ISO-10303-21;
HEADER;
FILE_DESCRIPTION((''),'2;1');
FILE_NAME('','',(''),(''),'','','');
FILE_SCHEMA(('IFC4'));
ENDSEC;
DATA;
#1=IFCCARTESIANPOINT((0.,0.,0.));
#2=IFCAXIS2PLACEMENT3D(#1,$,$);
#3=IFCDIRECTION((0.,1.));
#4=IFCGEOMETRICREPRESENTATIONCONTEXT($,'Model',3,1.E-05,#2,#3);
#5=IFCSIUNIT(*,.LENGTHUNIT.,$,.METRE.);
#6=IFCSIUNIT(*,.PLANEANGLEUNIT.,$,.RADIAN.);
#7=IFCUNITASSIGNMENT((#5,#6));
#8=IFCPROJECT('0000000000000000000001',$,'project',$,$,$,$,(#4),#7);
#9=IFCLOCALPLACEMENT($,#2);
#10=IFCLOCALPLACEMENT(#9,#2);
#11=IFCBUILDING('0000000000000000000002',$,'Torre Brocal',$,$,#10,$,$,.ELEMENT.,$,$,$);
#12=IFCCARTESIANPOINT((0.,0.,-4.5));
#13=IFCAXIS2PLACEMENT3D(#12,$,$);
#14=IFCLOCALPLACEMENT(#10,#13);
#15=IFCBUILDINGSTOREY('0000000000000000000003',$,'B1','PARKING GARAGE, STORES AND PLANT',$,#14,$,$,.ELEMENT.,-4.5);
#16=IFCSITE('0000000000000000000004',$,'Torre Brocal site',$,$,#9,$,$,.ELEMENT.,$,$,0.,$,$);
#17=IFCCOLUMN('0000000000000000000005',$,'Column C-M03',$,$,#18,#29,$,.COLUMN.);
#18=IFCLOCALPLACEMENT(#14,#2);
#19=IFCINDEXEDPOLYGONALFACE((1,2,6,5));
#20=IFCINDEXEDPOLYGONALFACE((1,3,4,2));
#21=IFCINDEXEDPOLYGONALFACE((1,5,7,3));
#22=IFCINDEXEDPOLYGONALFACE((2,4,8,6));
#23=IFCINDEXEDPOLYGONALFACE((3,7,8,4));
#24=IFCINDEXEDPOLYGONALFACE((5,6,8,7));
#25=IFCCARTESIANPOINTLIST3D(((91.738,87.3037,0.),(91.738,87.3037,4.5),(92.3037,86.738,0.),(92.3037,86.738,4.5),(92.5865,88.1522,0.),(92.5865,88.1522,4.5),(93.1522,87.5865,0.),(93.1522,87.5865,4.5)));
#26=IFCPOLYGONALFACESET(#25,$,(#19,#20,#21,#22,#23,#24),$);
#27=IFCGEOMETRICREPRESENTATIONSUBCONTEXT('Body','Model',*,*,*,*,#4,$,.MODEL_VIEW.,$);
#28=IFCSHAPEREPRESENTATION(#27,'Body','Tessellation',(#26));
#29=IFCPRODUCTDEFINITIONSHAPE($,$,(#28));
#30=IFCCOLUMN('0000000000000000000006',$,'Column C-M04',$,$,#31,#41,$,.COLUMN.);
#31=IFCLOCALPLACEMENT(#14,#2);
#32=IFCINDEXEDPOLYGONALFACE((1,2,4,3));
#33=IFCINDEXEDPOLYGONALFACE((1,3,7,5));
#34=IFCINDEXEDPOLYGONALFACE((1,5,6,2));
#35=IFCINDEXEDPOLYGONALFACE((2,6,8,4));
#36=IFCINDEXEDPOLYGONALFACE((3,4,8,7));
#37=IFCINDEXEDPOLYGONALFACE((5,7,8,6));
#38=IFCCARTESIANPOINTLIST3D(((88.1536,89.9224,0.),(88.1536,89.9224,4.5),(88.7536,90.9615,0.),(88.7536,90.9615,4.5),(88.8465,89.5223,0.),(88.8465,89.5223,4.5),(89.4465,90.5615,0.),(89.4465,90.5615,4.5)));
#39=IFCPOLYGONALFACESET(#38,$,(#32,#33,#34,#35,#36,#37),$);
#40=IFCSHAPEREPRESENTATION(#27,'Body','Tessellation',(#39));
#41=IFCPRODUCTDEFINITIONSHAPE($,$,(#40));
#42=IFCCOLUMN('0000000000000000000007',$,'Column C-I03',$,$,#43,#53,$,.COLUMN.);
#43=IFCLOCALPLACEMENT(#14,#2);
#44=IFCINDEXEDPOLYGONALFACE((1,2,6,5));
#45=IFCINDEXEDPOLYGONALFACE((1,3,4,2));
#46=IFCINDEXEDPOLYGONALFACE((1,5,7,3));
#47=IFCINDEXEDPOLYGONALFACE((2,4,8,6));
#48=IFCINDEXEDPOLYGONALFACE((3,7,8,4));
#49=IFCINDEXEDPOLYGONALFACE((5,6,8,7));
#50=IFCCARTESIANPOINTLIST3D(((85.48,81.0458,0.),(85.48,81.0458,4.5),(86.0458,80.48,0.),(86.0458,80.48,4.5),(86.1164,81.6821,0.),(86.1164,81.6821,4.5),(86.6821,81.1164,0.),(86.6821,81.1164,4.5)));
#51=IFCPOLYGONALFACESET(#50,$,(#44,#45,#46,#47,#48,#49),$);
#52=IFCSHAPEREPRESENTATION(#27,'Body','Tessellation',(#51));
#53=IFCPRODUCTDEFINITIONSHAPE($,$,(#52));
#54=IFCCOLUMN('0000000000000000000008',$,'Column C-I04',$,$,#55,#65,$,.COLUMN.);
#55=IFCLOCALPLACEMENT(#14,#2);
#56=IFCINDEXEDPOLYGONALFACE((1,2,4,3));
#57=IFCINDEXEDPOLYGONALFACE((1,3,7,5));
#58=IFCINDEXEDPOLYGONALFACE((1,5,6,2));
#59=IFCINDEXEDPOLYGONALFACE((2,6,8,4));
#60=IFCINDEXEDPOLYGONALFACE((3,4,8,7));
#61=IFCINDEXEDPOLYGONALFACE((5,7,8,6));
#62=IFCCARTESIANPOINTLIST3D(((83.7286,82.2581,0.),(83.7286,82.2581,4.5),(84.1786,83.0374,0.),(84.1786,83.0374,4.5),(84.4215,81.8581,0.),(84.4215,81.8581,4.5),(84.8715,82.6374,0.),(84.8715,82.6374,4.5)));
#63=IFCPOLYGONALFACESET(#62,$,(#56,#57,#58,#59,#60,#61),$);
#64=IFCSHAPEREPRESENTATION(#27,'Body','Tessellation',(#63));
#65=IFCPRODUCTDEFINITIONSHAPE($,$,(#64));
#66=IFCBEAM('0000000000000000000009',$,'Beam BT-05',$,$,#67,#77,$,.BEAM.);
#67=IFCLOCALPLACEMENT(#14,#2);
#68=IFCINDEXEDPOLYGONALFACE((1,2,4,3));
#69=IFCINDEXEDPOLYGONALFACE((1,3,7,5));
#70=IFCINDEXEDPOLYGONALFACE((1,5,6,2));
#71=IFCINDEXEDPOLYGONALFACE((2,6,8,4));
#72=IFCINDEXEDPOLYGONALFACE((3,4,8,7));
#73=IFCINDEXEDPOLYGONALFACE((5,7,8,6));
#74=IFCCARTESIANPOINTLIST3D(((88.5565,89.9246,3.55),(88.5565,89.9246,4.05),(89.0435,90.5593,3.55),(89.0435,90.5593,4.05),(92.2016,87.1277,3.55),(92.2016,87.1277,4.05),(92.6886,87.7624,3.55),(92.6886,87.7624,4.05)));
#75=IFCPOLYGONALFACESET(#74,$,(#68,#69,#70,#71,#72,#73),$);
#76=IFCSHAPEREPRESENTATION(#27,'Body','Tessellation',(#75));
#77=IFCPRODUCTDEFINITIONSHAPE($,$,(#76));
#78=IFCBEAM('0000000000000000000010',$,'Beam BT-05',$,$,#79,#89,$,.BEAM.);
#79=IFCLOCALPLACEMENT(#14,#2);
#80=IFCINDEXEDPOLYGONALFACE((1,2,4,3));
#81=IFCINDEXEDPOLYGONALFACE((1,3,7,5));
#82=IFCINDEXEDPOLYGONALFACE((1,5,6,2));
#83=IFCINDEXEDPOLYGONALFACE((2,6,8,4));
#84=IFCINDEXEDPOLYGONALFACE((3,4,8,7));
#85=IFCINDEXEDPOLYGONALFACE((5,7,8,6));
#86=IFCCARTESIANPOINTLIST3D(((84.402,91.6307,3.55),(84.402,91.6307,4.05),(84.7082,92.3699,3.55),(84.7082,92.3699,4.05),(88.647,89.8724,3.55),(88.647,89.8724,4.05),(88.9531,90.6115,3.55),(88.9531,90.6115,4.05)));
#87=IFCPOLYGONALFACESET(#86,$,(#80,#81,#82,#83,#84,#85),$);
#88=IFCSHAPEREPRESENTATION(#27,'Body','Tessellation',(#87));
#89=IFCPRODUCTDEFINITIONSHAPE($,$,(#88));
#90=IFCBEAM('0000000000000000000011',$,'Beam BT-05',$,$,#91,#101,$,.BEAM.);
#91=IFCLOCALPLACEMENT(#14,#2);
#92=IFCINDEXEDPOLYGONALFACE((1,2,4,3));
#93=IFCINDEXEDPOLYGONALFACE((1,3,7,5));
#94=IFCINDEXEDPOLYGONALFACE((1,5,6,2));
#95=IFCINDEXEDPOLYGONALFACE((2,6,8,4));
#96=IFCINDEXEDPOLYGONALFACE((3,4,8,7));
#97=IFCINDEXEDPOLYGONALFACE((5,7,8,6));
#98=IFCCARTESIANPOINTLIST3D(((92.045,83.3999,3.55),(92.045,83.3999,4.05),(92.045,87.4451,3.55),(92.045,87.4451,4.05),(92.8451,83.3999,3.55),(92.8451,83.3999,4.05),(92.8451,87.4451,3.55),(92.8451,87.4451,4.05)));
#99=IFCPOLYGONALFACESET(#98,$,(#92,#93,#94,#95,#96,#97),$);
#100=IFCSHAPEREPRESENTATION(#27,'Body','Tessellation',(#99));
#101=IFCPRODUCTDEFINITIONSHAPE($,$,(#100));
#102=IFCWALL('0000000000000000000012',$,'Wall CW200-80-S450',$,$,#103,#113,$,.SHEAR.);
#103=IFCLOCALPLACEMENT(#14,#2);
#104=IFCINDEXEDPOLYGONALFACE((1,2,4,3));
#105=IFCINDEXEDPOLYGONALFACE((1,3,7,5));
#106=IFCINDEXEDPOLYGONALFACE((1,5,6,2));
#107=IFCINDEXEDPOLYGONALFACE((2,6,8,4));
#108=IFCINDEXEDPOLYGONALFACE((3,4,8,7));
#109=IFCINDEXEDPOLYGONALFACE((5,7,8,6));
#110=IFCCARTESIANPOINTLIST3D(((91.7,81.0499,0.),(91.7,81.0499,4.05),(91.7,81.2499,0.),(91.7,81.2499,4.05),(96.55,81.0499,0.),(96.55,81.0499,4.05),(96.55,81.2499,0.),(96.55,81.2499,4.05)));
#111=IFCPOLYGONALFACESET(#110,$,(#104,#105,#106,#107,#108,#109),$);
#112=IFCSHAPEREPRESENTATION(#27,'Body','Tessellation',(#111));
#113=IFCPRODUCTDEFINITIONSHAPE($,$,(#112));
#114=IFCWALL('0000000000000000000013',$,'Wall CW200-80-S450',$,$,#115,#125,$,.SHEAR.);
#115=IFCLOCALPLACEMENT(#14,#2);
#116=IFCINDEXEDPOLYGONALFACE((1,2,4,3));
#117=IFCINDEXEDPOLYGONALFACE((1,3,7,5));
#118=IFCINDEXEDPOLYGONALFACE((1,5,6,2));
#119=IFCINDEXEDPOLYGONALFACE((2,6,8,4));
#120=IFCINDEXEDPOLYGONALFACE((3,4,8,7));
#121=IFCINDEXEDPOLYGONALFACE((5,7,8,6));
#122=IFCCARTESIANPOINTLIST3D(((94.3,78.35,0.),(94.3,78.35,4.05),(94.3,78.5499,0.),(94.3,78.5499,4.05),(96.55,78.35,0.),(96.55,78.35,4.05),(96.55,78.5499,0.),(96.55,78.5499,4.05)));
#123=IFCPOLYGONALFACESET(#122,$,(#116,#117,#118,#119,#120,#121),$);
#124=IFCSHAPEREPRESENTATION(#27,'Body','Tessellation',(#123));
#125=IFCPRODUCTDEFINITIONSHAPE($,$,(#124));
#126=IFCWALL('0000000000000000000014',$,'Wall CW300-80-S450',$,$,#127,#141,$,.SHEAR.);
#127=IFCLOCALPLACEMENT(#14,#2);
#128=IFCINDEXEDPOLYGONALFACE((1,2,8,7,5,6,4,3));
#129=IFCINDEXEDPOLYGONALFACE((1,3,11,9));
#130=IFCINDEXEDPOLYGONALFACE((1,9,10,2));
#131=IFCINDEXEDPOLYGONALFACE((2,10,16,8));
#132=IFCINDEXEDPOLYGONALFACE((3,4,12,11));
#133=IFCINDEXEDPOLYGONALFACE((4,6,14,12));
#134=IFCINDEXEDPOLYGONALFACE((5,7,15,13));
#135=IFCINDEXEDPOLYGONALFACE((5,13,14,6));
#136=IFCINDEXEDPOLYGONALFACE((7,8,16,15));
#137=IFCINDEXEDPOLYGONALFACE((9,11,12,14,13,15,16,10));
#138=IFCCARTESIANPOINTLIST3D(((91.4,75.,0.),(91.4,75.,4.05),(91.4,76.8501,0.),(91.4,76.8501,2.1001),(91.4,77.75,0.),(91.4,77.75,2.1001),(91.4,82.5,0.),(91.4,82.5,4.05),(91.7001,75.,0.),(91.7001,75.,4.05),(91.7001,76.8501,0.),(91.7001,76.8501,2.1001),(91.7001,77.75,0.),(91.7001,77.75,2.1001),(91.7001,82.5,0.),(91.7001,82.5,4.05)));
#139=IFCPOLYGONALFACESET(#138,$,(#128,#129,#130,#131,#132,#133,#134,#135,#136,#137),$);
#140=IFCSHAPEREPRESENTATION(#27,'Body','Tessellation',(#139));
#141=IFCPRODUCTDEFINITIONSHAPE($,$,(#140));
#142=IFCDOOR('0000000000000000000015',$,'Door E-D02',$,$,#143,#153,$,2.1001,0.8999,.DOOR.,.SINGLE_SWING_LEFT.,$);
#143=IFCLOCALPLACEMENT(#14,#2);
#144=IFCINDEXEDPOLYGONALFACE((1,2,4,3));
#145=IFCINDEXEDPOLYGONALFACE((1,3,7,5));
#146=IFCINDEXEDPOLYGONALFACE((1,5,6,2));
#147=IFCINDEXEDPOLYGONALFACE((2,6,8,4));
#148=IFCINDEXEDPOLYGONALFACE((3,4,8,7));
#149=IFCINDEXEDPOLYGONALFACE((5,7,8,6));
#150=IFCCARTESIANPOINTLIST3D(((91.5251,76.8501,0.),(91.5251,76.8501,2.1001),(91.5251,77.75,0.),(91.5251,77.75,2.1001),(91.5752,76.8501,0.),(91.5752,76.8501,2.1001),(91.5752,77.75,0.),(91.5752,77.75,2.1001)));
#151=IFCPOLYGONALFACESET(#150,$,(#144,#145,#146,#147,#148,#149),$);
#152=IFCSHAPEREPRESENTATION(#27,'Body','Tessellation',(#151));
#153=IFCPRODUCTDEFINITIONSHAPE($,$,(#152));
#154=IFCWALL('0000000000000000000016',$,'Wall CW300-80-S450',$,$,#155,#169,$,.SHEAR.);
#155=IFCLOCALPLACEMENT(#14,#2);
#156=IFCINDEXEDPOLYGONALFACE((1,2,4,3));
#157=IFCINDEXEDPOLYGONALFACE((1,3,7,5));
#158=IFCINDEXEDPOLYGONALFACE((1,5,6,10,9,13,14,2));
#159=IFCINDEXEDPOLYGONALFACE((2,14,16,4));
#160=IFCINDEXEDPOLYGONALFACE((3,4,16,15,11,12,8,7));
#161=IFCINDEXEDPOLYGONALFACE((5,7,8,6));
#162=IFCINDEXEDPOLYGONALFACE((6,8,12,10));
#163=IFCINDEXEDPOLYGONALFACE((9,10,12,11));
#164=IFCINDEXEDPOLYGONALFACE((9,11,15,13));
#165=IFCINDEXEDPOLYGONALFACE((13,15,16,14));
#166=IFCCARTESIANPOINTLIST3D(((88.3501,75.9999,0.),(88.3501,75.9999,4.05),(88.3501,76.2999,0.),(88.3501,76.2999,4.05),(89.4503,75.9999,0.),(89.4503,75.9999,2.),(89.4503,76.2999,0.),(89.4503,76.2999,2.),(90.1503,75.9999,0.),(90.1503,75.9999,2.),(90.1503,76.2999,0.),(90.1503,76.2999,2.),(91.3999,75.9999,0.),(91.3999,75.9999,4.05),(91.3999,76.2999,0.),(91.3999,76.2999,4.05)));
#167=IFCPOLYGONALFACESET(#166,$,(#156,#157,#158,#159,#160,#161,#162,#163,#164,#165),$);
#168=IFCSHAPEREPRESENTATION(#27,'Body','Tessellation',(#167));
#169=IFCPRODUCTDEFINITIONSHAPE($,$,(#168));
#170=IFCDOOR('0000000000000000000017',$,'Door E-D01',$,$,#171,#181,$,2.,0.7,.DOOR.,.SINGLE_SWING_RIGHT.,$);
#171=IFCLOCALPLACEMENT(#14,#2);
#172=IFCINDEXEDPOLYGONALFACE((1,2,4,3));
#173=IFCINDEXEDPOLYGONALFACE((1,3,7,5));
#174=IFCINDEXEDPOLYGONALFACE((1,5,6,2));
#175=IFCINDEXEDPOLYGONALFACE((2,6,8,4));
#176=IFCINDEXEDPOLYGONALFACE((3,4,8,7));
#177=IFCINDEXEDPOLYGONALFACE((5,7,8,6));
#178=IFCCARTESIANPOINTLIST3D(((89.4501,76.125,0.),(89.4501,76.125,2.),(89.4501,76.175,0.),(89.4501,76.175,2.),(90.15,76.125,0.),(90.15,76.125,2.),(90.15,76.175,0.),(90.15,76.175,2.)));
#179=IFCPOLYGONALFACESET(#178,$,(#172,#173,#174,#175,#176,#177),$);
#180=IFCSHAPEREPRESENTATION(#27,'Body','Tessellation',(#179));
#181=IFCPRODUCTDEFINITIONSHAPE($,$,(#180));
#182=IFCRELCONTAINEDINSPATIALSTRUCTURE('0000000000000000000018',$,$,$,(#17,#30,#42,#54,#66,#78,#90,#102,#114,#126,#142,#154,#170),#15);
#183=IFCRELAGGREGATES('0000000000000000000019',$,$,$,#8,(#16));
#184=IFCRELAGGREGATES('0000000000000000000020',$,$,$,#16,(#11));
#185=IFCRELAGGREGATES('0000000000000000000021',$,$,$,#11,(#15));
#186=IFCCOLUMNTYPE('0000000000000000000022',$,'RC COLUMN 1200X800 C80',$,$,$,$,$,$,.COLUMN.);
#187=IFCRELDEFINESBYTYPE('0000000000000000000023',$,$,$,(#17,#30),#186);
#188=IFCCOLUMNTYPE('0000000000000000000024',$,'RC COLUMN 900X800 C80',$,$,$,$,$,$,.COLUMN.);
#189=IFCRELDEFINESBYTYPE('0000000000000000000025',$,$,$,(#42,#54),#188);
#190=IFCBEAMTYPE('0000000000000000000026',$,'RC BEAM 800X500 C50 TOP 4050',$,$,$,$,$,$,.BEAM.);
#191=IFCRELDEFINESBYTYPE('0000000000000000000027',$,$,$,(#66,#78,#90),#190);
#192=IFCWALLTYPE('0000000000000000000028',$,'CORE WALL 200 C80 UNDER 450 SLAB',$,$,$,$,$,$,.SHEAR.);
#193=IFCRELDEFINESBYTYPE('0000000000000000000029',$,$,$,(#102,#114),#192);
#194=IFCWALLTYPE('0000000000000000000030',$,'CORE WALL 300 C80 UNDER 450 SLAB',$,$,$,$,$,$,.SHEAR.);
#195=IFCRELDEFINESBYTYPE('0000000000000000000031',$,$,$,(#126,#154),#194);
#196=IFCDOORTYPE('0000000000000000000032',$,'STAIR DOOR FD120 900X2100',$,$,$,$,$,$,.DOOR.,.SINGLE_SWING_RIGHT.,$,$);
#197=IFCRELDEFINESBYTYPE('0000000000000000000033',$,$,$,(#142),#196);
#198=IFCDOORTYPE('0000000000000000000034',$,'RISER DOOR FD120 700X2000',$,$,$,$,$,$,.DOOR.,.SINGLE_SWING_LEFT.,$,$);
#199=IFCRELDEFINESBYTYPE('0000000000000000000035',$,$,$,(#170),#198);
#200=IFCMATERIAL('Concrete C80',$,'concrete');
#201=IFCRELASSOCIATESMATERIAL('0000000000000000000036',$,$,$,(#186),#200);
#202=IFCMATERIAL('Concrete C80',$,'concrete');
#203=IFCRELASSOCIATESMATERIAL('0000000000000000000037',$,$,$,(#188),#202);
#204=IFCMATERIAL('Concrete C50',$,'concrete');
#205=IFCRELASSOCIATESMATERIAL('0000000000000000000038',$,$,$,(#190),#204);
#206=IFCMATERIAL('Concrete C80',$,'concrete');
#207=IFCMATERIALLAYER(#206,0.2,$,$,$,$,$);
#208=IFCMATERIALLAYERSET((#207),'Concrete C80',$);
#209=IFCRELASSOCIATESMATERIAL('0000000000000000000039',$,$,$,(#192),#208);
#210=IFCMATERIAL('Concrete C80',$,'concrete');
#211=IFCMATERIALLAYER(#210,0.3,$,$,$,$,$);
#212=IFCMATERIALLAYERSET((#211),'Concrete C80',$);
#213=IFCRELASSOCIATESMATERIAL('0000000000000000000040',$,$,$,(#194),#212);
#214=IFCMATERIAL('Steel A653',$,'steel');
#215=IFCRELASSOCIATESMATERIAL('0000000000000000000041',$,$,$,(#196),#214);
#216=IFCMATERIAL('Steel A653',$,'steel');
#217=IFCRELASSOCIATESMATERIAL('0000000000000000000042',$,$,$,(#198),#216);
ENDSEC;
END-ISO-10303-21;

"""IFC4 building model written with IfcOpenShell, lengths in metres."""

from ifc_helpers import new_model, si_unit, direction, frame, frame_2d, origin, origin_2d, place, context, subcontext, project, spatial, rectangle, extrude, material, layer, layer_set, material_profile, profile_set, type_object, element, fill, save


model = new_model("IFC4")

# Units and contexts
model_context = context("Model", 3, precision=1e-05, world=origin(), true_north=direction((0.0, 1.0)))
body_context = subcontext(model_context, "Body", "Model", "MODEL_VIEW")
ifc_project = project(units=[si_unit("LENGTHUNIT", "METRE"), si_unit("PLANEANGLEUNIT", "RADIAN")], contexts=[model_context])

# Site, building, storey
site_placement = place(None, origin())
site = spatial("IfcSite", under=ifc_project, at=site_placement, Name="Torre Brocal site", CompositionType="ELEMENT", RefElevation=0.0)
building_placement = place(site_placement, origin())
building = spatial("IfcBuilding", under=site, at=building_placement, Name="Torre Brocal", CompositionType="ELEMENT")
storey_placement = place(building_placement, frame((0.0, 0.0, -4.5)))
storey = spatial("IfcBuildingStorey", under=building, at=storey_placement, Name="B1", Description="PARKING GARAGE, STORES AND PLANT", CompositionType="ELEMENT", Elevation=-4.5)

# Columns
ifc_material_1 = material(Name="Concrete C80", Category="concrete")
ifc_material_profile_1 = material_profile(ifc_material_1, rectangle(XDim=1.2, YDim=0.8, at=origin_2d()), Name="RC 1200X800")
ifc_profile_set_1 = profile_set([ifc_material_profile_1], Name="Concrete C80")
column_type_1 = type_object("IfcColumnType", Name="RC COLUMN 1200X800 C80", PredefinedType="COLUMN", material=ifc_profile_set_1)
for number, where, z_axis, x_axis, name in (
    (1, (92.4451, 87.4451, 0.0), (0.0, 0.0, 1.0), (0.707107, 0.707107, 0.0), "Column C-M03"),
    (2, (88.8, 90.2419, 0.0), (0.0, 0.0, 1.0), (0.5, 0.866025, 0.0), "Column C-M04"),
):
    element("IfcColumn", number, at=place(storey_placement, frame(where, z_axis=z_axis, x_axis=x_axis)), inside=storey, type_object=column_type_1, Name=name, PredefinedType="COLUMN", context=body_context, shape_type="SweptSolid", body=[
        extrude(rectangle(XDim=1.2, YDim=0.8, at=origin_2d()), origin(), (0.0, 0.0, 1.0), 4.5),
    ])
ifc_material_2 = material(Name="Concrete C80", Category="concrete")
ifc_material_profile_2 = material_profile(ifc_material_2, rectangle(XDim=0.8999, YDim=0.8, at=origin_2d()), Name="RC 900X800")
ifc_profile_set_2 = profile_set([ifc_material_profile_2], Name="Concrete C80")
column_type_2 = type_object("IfcColumnType", Name="RC COLUMN 900X800 C80", PredefinedType="COLUMN", material=ifc_profile_set_2)
for number, where, z_axis, x_axis, name in (
    (3, (86.0811, 81.0811, 0.0), (0.0, 0.0, 1.0), (0.707107, 0.707107, 0.0), "Column C-I03"),
    (4, (84.3, 82.4478, 0.0), (0.0, 0.0, 1.0), (0.5, 0.866025, 0.0), "Column C-I04"),
):
    element("IfcColumn", number, at=place(storey_placement, frame(where, z_axis=z_axis, x_axis=x_axis)), inside=storey, type_object=column_type_2, Name=name, PredefinedType="COLUMN", context=body_context, shape_type="SweptSolid", body=[
        extrude(rectangle(XDim=0.8999, YDim=0.8, at=origin_2d()), origin(), (0.0, 0.0, 1.0), 4.5),
    ])

# Beams
ifc_material_3 = material(Name="Concrete C50", Category="concrete")
ifc_material_profile_3 = material_profile(ifc_material_3, rectangle(XDim=0.8, YDim=0.5, at=origin_2d()), Name="RC 800X500")
ifc_profile_set_3 = profile_set([ifc_material_profile_3], Name="Concrete C50")
beam_type = type_object("IfcBeamType", Name="RC BEAM 800X500 C50 TOP 4050", PredefinedType="BEAM", material=ifc_profile_set_3)
beam_1_placement = place(storey_placement, frame((92.4451, 87.4451, 3.8), z_axis=(-0.793358, 0.608755, 0.0), x_axis=(-0.608755, -0.793358, 0.0)))
element("IfcBeam", 5, at=beam_1_placement, inside=storey, type_object=beam_type, Name="Beam BT-05", PredefinedType="BEAM", context=body_context, shape_type="SweptSolid", body=[
    extrude(rectangle(XDim=0.8, YDim=0.5, at=origin_2d()), origin(), (0.0, 0.0, 1.0), 4.5945),
])
beam_2_placement = place(storey_placement, frame((88.8, 90.2419, 3.8), z_axis=(-0.923878, 0.382687, 0.0), x_axis=(-0.382687, -0.923878, 0.0)))
element("IfcBeam", 6, at=beam_2_placement, inside=storey, type_object=beam_type, Name="Beam BT-05", PredefinedType="BEAM", context=body_context, shape_type="SweptSolid", body=[
    extrude(rectangle(XDim=0.8, YDim=0.5, at=origin_2d()), origin(), (0.0, 0.0, 1.0), 4.5947),
])
beam_3_placement = place(storey_placement, frame((92.4451, 87.4451, 3.8), z_axis=(0.0, -1.0, 0.0), x_axis=(1.0, 0.0, 0.0)))
element("IfcBeam", 7, at=beam_3_placement, inside=storey, type_object=beam_type, Name="Beam BT-05", PredefinedType="BEAM", context=body_context, shape_type="SweptSolid", body=[
    extrude(rectangle(XDim=0.8, YDim=0.5, at=origin_2d()), origin(), (0.0, 0.0, 1.0), 4.0452),
])

# Walls
ifc_material_4 = material(Name="Concrete C80", Category="concrete")
ifc_layer_1 = layer(ifc_material_4, 0.2)
ifc_layer_set_1 = layer_set([ifc_layer_1], Name="Concrete C80")
wall_type_1 = type_object("IfcWallType", Name="CORE WALL 200 C80 UNDER 450 SLAB", PredefinedType="SHEAR", material=ifc_layer_set_1)
wall_1_placement = place(storey_placement, frame((91.7, 81.1499, 0.0), z_axis=(0.0, 0.0, 1.0), x_axis=(1.0, 0.0, 0.0)))
element("IfcWall", 8, at=wall_1_placement, inside=storey, type_object=wall_type_1, Name="Wall CW200-80-S450", PredefinedType="SHEAR", context=body_context, shape_type="SweptSolid", body=[
    extrude(rectangle(XDim=4.8501, YDim=0.2, at=frame_2d((2.425, 0.0))), origin(), (0.0, 0.0, 1.0), 4.05),
])
wall_2_placement = place(storey_placement, frame((94.3, 78.45, 0.0), z_axis=(0.0, 0.0, 1.0), x_axis=(1.0, 0.0, 0.0)))
element("IfcWall", 9, at=wall_2_placement, inside=storey, type_object=wall_type_1, Name="Wall CW200-80-S450", PredefinedType="SHEAR", context=body_context, shape_type="SweptSolid", body=[
    extrude(rectangle(XDim=2.25, YDim=0.2, at=frame_2d((1.125, 0.0))), origin(), (0.0, 0.0, 1.0), 4.05),
])

# Walls, openings, doors
ifc_material_5 = material(Name="Concrete C80", Category="concrete")
ifc_layer_2 = layer(ifc_material_5, 0.3)
ifc_layer_set_2 = layer_set([ifc_layer_2], Name="Concrete C80")
wall_type_2 = type_object("IfcWallType", Name="CORE WALL 300 C80 UNDER 450 SLAB", PredefinedType="SHEAR", material=ifc_layer_set_2)
wall_3_placement = place(storey_placement, frame((91.55, 75.0, 0.0), z_axis=(0.0, 0.0, 1.0), x_axis=(0.0, 1.0, 0.0)))
wall_3 = element("IfcWall", 10, at=wall_3_placement, inside=storey, type_object=wall_type_2, Name="Wall CW300-80-S450", PredefinedType="SHEAR", context=body_context, shape_type="SweptSolid", body=[
    extrude(rectangle(XDim=7.5, YDim=0.3, at=frame_2d((3.75, 0.0))), origin(), (0.0, 0.0, 1.0), 4.05),
])
opening_1_placement = place(wall_3_placement, frame((1.8501, 0.0, 0.0)))
opening_1 = element("IfcOpeningElement", 11, at=opening_1_placement, cuts=wall_3, PredefinedType="OPENING", context=body_context, shape_type="SweptSolid", body=[
    extrude(rectangle(XDim=0.8999, YDim=2.1001, at=frame_2d((0.45, 1.05))), frame((0.0, 0.1599, 0.0), z_axis=(0.0, -1.0, 0.0), x_axis=(1.0, 0.0, 0.0)), (0.0, 0.0, 1.0), 0.3201),
])
ifc_material_6 = material(Name="Steel A653", Category="steel")
door_type_1 = type_object("IfcDoorType", Name="STAIR DOOR FD120 900X2100", OperationType="SINGLE_SWING_RIGHT", PredefinedType="DOOR", material=ifc_material_6)
door_1_placement = place(opening_1_placement, origin())
door_1 = element("IfcDoor", 12, at=door_1_placement, inside=storey, type_object=door_type_1, Name="Door E-D02", OperationType="SINGLE_SWING_LEFT", OverallHeight=2.1001, OverallWidth=0.8999, PredefinedType="DOOR", context=body_context, shape_type="SweptSolid", body=[
    extrude(rectangle(XDim=0.8999, YDim=2.1001, at=frame_2d((0.45, 1.05))), frame((0.0, 0.0249, 0.0), z_axis=(0.0, -1.0, 0.0), x_axis=(1.0, 0.0, 0.0)), (0.0, 0.0, 1.0), 0.05),
])
fill(opening_1, door_1)
wall_4_placement = place(storey_placement, frame((88.3501, 76.1499, 0.0), z_axis=(0.0, 0.0, 1.0), x_axis=(1.0, 0.0, 0.0)))
wall_4 = element("IfcWall", 13, at=wall_4_placement, inside=storey, type_object=wall_type_2, Name="Wall CW300-80-S450", PredefinedType="SHEAR", context=body_context, shape_type="SweptSolid", body=[
    extrude(rectangle(XDim=3.0498, YDim=0.3, at=frame_2d((1.5249, 0.0))), origin(), (0.0, 0.0, 1.0), 4.05),
])
opening_2_placement = place(wall_4_placement, frame((1.1001, 0.0, 0.0)))
opening_2 = element("IfcOpeningElement", 14, at=opening_2_placement, cuts=wall_4, PredefinedType="OPENING", context=body_context, shape_type="SweptSolid", body=[
    extrude(rectangle(XDim=0.7, YDim=2.0, at=frame_2d((0.3501, 1.0))), frame((0.0, 0.1599, 0.0), z_axis=(0.0, -1.0, 0.0), x_axis=(1.0, 0.0, 0.0)), (0.0, 0.0, 1.0), 0.3201),
])
ifc_material_7 = material(Name="Steel A653", Category="steel")
door_type_2 = type_object("IfcDoorType", Name="RISER DOOR FD120 700X2000", OperationType="SINGLE_SWING_LEFT", PredefinedType="DOOR", material=ifc_material_7)
door_2_placement = place(opening_2_placement, frame((0.7, 0.0, 0.0), z_axis=(0.0, 0.0, 1.0), x_axis=(-1.0, 0.0, 0.0)))
door_2 = element("IfcDoor", 15, at=door_2_placement, inside=storey, type_object=door_type_2, Name="Door E-D01", OperationType="SINGLE_SWING_RIGHT", OverallHeight=2.0, OverallWidth=0.7, PredefinedType="DOOR", context=body_context, shape_type="SweptSolid", body=[
    extrude(rectangle(XDim=0.7, YDim=2.0, at=frame_2d((0.3501, 1.0))), frame((0.0, 0.0249, 0.0), z_axis=(0.0, -1.0, 0.0), x_axis=(1.0, 0.0, 0.0)), (0.0, 0.0, 1.0), 0.05),
])
fill(opening_2, door_2)

save(model, "model.ifc")
